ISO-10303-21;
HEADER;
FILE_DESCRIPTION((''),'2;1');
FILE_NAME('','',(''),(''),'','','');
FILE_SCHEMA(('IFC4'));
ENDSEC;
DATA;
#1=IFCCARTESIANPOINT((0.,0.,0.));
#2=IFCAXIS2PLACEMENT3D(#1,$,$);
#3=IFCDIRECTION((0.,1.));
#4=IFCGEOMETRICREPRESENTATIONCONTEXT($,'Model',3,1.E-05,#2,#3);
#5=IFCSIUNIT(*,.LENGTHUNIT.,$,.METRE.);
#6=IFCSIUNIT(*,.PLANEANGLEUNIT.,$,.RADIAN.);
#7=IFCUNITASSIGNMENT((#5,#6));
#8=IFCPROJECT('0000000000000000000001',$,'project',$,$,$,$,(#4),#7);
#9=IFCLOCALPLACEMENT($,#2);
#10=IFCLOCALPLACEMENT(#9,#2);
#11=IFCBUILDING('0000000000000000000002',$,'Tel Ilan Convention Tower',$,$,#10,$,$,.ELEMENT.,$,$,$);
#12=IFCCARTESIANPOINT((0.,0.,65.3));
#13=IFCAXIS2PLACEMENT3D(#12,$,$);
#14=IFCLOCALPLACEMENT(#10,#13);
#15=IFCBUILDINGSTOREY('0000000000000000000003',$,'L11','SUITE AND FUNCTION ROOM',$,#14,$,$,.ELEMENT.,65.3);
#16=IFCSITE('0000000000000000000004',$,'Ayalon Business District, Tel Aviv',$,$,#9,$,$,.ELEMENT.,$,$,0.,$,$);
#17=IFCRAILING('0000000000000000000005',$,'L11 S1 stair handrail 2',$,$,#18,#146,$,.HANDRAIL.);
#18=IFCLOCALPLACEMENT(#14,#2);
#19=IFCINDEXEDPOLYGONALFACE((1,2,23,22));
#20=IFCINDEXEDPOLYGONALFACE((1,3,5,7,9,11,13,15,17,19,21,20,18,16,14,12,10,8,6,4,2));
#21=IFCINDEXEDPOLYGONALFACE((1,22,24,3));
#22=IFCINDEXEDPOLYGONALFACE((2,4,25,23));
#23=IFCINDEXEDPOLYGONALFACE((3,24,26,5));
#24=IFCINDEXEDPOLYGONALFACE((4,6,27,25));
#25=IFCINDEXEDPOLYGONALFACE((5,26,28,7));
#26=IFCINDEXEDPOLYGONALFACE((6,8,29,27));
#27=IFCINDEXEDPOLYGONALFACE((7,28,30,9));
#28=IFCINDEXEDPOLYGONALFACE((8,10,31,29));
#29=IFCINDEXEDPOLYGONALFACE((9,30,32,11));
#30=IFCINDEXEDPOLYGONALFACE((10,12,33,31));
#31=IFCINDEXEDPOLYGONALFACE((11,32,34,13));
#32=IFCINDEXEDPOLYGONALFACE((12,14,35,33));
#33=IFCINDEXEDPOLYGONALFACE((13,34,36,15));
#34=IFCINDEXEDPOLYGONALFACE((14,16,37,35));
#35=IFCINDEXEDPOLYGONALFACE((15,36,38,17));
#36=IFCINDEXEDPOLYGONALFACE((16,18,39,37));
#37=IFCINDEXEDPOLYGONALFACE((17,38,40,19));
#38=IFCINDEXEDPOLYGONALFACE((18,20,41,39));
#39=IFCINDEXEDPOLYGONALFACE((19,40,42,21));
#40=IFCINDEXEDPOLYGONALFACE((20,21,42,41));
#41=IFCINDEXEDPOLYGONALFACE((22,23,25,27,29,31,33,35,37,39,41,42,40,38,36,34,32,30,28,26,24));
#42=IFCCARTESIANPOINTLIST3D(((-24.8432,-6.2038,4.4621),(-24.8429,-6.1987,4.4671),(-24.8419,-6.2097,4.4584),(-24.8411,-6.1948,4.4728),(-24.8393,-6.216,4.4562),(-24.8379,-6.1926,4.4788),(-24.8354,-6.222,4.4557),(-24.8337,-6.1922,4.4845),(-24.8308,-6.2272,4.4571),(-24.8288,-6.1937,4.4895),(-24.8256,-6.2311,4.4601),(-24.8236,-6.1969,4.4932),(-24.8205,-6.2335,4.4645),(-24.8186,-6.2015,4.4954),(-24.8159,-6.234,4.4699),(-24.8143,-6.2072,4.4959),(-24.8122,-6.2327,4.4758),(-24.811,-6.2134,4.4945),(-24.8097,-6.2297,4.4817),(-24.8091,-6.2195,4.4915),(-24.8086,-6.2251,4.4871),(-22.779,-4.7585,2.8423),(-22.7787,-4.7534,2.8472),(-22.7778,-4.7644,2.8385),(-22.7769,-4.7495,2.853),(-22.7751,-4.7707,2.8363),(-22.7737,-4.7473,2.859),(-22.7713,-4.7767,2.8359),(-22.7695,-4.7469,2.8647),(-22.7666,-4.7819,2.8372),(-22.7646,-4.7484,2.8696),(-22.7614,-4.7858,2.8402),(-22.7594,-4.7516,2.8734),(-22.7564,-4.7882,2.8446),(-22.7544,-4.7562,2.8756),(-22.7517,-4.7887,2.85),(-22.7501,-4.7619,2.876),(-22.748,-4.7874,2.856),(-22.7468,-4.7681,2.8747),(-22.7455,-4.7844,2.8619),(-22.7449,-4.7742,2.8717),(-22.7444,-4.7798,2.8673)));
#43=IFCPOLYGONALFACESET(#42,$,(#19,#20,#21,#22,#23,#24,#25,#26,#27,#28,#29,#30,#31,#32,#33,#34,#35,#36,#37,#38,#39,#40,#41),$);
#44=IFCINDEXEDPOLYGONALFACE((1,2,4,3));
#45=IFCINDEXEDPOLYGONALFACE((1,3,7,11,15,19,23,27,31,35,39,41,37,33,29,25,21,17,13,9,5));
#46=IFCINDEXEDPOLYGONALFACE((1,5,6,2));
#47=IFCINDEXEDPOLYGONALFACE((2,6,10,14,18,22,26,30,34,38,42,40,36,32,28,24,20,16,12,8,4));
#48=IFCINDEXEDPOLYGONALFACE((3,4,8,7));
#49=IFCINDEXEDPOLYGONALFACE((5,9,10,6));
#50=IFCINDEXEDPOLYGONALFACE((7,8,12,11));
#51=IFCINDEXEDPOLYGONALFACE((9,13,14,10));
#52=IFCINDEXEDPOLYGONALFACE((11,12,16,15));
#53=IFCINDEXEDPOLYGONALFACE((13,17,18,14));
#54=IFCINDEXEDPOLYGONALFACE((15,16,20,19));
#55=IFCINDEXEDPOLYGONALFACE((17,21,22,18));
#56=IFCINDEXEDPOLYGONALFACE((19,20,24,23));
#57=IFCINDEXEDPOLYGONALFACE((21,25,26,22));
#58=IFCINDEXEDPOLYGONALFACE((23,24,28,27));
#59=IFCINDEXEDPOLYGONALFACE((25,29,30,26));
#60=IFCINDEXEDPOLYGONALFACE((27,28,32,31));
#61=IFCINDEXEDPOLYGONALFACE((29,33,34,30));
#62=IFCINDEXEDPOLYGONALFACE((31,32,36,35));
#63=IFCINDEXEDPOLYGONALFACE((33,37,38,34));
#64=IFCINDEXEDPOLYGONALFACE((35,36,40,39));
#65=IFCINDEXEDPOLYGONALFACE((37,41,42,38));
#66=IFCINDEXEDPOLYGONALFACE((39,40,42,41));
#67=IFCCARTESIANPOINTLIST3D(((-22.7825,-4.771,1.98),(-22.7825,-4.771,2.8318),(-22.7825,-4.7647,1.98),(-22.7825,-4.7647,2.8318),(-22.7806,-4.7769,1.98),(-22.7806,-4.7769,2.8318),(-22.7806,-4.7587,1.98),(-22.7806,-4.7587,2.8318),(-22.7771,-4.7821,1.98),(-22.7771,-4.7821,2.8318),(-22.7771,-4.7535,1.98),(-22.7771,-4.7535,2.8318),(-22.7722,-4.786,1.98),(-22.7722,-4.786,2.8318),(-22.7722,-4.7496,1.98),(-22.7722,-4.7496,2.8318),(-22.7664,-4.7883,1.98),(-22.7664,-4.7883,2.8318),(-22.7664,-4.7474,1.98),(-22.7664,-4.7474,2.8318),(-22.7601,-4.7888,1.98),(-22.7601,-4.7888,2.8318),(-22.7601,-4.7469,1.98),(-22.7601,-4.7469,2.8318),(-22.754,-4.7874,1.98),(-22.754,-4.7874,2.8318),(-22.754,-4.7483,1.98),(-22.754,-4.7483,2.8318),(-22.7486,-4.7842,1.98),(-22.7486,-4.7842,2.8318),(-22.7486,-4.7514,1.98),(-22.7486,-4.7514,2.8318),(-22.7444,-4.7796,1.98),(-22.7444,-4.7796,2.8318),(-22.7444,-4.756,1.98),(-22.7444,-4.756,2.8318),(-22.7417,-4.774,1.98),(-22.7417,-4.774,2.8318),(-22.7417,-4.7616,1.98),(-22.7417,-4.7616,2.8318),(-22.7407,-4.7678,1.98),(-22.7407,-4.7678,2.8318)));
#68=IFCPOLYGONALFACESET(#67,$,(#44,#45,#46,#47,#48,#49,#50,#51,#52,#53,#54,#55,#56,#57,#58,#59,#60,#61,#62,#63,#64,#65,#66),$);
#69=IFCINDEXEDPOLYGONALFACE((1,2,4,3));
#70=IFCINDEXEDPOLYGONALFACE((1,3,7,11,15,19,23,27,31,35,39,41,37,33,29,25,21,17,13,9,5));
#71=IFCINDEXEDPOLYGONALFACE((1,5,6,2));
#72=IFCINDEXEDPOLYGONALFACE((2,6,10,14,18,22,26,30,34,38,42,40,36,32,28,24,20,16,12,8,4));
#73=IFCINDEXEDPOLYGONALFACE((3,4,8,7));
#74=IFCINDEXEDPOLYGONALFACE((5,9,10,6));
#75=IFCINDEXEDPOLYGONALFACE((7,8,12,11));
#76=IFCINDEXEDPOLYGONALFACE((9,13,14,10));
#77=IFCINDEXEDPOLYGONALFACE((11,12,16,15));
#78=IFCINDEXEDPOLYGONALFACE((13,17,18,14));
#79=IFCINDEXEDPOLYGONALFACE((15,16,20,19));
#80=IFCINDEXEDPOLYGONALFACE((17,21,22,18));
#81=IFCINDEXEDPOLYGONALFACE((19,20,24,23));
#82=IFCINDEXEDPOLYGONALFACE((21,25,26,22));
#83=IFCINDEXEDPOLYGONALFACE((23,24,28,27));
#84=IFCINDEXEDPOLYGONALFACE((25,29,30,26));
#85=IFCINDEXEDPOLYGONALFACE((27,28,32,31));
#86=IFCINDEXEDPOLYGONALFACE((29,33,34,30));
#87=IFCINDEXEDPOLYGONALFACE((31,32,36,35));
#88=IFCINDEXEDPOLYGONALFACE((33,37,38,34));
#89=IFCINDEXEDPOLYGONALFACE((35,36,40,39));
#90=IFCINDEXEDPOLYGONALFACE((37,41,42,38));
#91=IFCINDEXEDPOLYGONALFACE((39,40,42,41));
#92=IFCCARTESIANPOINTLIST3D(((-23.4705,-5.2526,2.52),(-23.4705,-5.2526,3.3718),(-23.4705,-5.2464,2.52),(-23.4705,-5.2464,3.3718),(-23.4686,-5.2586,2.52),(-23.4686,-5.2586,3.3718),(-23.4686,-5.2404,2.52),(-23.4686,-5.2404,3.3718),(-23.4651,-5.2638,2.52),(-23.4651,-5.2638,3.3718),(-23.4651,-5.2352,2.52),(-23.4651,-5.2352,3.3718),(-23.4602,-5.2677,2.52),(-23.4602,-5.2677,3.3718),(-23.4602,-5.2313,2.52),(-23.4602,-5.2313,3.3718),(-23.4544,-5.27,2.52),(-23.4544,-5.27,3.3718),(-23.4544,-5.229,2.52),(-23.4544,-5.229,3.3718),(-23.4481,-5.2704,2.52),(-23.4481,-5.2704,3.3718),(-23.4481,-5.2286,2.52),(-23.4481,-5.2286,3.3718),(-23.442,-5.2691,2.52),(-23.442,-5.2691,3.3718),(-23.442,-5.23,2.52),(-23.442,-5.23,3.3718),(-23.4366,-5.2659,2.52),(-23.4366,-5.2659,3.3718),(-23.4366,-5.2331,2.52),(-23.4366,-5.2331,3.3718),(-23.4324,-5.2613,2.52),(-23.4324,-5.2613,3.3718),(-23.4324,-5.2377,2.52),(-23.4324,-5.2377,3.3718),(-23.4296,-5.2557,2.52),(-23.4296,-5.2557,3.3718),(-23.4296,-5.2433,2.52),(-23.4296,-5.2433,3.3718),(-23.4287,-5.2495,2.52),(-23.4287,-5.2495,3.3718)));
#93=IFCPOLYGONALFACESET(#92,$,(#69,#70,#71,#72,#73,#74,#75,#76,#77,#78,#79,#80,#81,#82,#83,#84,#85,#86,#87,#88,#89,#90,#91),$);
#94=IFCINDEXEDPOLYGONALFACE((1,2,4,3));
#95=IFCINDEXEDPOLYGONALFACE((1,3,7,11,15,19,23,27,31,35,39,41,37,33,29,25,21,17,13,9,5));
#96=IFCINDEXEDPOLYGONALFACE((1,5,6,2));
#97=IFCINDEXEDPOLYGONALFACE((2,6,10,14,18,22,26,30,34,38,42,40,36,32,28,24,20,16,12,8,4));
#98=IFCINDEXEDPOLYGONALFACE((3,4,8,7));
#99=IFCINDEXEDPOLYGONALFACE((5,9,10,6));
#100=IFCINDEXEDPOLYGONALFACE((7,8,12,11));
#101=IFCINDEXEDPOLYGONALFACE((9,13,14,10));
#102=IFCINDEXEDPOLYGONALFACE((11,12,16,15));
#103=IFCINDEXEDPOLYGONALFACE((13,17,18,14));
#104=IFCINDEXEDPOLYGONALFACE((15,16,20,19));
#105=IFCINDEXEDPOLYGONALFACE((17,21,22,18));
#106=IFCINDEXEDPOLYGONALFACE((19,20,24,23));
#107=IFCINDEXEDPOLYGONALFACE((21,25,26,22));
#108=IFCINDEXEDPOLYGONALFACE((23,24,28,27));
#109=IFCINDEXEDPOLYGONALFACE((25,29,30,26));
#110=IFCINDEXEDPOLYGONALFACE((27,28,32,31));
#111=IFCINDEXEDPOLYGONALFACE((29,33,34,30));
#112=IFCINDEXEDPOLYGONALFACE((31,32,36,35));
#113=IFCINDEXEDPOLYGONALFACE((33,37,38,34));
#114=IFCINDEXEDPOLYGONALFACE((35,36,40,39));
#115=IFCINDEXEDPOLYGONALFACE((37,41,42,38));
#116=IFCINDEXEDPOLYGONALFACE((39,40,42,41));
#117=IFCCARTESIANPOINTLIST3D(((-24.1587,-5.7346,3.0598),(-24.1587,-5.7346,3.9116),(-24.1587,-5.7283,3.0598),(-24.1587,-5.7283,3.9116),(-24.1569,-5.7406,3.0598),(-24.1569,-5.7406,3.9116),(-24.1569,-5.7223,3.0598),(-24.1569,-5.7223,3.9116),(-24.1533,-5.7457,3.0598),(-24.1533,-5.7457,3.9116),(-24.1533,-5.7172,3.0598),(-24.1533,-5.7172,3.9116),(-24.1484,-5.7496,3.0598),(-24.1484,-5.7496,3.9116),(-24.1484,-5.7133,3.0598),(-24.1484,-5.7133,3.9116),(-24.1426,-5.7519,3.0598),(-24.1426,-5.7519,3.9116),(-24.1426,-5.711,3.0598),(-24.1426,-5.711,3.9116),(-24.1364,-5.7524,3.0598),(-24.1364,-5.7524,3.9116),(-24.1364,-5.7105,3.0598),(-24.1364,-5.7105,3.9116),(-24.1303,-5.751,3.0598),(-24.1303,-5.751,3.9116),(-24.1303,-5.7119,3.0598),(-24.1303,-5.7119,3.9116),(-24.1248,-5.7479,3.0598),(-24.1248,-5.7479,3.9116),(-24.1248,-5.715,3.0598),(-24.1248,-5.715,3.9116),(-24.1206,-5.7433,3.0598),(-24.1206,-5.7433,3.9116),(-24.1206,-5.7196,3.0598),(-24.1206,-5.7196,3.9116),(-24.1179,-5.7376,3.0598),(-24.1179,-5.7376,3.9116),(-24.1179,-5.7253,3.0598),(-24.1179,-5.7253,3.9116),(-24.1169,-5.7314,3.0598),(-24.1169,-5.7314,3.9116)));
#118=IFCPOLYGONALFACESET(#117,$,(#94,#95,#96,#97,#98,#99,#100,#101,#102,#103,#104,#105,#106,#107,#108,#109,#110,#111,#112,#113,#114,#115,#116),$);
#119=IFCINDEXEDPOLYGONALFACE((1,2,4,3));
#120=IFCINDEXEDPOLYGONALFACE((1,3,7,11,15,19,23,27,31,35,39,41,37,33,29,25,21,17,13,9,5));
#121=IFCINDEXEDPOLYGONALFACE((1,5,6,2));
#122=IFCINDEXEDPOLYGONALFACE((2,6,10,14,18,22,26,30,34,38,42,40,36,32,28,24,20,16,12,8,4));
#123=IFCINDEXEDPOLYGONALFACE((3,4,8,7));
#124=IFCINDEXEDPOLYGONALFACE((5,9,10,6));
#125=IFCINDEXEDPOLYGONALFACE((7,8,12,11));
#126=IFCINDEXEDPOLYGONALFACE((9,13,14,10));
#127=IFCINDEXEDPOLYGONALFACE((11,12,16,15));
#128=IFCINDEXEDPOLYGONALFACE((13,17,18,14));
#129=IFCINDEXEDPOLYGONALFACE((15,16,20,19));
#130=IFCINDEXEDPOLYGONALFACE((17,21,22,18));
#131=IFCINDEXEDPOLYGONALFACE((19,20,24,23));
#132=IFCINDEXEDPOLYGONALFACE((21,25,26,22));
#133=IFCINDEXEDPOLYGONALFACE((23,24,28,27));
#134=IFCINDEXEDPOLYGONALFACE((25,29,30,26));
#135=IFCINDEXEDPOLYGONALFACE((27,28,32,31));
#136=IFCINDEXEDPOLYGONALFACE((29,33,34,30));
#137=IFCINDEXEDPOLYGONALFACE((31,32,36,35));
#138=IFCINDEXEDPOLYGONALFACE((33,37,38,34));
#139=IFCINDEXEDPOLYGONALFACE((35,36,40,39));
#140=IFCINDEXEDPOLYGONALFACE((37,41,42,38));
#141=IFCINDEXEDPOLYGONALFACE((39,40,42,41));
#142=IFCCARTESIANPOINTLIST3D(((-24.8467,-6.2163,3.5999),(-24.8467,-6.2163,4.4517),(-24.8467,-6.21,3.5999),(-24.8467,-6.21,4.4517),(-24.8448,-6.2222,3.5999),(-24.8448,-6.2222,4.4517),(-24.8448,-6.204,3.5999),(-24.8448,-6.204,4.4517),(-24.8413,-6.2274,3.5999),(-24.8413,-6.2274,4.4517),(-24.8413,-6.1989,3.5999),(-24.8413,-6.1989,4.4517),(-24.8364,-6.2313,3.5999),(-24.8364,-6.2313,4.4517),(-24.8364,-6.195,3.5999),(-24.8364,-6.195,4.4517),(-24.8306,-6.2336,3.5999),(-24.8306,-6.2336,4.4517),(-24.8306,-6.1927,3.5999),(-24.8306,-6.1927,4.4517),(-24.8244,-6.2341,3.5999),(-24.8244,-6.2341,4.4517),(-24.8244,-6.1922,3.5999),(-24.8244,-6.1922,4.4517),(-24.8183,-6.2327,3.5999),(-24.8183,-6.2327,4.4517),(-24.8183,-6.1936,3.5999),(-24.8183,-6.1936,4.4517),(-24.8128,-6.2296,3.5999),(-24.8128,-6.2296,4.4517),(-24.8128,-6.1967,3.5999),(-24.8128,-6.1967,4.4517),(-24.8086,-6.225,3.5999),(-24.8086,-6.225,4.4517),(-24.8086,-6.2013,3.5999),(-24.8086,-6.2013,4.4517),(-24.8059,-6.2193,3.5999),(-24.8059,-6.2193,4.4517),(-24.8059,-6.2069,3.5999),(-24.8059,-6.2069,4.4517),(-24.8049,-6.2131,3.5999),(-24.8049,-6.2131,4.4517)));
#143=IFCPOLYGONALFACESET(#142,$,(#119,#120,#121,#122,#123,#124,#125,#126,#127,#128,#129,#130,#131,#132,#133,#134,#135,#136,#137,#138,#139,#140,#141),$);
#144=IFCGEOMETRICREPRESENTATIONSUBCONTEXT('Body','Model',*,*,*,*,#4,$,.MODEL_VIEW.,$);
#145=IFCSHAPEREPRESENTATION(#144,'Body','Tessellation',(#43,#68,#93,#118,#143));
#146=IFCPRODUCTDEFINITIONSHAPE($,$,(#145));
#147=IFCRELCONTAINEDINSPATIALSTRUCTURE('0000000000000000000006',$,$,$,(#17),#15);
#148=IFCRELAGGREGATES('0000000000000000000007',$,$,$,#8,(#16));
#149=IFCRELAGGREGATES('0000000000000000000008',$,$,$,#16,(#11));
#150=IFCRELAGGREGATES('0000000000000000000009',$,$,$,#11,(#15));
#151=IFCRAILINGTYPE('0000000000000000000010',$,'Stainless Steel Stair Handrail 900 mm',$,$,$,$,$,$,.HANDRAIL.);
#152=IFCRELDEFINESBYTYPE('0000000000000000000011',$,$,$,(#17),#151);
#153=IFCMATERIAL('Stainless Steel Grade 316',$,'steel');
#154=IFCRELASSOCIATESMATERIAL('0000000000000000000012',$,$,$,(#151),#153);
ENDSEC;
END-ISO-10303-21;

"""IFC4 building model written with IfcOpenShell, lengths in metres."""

from ifc_helpers import new_model, si_unit, direction, frame, origin, origin_2d, place, context, subcontext, project, spatial, circle, extrude, material, type_object, element, save


model = new_model("IFC4")

# Units and contexts
model_context = context("Model", 3, precision=1e-05, world=origin(), true_north=direction((0.0, 1.0)))
body_context = subcontext(model_context, "Body", "Model", "MODEL_VIEW")
ifc_project = project(units=[si_unit("LENGTHUNIT", "METRE"), si_unit("PLANEANGLEUNIT", "RADIAN")], contexts=[model_context])

# Site, building, storey
site_placement = place(None, origin())
site = spatial("IfcSite", under=ifc_project, at=site_placement, Name="Ayalon Business District, Tel Aviv", CompositionType="ELEMENT", RefElevation=0.0)
building_placement = place(site_placement, origin())
building = spatial("IfcBuilding", under=site, at=building_placement, Name="Tel Ilan Convention Tower", CompositionType="ELEMENT")
storey_placement = place(building_placement, frame((0.0, 0.0, 65.3)))
storey = spatial("IfcBuildingStorey", under=building, at=storey_placement, Name="L11", Description="SUITE AND FUNCTION ROOM", CompositionType="ELEMENT", Elevation=65.3)

# Railing
ifc_material_1 = material(Name="Stainless Steel Grade 316", Category="steel")
railing_type_1 = type_object("IfcRailingType", Name="Stainless Steel Stair Handrail 900 mm", PredefinedType="HANDRAIL", material=ifc_material_1)
railing_1_placement = place(storey_placement, frame((-22.7617, -4.7678, 1.98)))
element("IfcRailing", 1, at=railing_1_placement, inside=storey, type_object=railing_type_1, Name="L11 S1 stair handrail 2", PredefinedType="HANDRAIL", context=body_context, shape_type="SweptSolid", body=[
    extrude(circle(Radius=0.0239, at=origin_2d()), frame((0.0, 0.0, 0.876), z_axis=(-0.68907, -0.482472, 0.540743), x_axis=(0.57356, -0.819164, 0.0)), (0.0, 0.0, 1.0), 2.9956),
    extrude(circle(Radius=0.021, at=origin_2d()), origin(), (0.0, 0.0, 1.0), 0.8518),
    extrude(circle(Radius=0.021, at=origin_2d()), frame((-0.688, -0.4817, 0.54)), (0.0, 0.0, 1.0), 0.8518),
    extrude(circle(Radius=0.021, at=origin_2d()), frame((-1.3762, -0.9636, 1.0798)), (0.0, 0.0, 1.0), 0.8518),
    extrude(circle(Radius=0.021, at=origin_2d()), frame((-2.0642, -1.4453, 1.6199)), (0.0, 0.0, 1.0), 0.8518),
])

save(model, "model.ifc")
